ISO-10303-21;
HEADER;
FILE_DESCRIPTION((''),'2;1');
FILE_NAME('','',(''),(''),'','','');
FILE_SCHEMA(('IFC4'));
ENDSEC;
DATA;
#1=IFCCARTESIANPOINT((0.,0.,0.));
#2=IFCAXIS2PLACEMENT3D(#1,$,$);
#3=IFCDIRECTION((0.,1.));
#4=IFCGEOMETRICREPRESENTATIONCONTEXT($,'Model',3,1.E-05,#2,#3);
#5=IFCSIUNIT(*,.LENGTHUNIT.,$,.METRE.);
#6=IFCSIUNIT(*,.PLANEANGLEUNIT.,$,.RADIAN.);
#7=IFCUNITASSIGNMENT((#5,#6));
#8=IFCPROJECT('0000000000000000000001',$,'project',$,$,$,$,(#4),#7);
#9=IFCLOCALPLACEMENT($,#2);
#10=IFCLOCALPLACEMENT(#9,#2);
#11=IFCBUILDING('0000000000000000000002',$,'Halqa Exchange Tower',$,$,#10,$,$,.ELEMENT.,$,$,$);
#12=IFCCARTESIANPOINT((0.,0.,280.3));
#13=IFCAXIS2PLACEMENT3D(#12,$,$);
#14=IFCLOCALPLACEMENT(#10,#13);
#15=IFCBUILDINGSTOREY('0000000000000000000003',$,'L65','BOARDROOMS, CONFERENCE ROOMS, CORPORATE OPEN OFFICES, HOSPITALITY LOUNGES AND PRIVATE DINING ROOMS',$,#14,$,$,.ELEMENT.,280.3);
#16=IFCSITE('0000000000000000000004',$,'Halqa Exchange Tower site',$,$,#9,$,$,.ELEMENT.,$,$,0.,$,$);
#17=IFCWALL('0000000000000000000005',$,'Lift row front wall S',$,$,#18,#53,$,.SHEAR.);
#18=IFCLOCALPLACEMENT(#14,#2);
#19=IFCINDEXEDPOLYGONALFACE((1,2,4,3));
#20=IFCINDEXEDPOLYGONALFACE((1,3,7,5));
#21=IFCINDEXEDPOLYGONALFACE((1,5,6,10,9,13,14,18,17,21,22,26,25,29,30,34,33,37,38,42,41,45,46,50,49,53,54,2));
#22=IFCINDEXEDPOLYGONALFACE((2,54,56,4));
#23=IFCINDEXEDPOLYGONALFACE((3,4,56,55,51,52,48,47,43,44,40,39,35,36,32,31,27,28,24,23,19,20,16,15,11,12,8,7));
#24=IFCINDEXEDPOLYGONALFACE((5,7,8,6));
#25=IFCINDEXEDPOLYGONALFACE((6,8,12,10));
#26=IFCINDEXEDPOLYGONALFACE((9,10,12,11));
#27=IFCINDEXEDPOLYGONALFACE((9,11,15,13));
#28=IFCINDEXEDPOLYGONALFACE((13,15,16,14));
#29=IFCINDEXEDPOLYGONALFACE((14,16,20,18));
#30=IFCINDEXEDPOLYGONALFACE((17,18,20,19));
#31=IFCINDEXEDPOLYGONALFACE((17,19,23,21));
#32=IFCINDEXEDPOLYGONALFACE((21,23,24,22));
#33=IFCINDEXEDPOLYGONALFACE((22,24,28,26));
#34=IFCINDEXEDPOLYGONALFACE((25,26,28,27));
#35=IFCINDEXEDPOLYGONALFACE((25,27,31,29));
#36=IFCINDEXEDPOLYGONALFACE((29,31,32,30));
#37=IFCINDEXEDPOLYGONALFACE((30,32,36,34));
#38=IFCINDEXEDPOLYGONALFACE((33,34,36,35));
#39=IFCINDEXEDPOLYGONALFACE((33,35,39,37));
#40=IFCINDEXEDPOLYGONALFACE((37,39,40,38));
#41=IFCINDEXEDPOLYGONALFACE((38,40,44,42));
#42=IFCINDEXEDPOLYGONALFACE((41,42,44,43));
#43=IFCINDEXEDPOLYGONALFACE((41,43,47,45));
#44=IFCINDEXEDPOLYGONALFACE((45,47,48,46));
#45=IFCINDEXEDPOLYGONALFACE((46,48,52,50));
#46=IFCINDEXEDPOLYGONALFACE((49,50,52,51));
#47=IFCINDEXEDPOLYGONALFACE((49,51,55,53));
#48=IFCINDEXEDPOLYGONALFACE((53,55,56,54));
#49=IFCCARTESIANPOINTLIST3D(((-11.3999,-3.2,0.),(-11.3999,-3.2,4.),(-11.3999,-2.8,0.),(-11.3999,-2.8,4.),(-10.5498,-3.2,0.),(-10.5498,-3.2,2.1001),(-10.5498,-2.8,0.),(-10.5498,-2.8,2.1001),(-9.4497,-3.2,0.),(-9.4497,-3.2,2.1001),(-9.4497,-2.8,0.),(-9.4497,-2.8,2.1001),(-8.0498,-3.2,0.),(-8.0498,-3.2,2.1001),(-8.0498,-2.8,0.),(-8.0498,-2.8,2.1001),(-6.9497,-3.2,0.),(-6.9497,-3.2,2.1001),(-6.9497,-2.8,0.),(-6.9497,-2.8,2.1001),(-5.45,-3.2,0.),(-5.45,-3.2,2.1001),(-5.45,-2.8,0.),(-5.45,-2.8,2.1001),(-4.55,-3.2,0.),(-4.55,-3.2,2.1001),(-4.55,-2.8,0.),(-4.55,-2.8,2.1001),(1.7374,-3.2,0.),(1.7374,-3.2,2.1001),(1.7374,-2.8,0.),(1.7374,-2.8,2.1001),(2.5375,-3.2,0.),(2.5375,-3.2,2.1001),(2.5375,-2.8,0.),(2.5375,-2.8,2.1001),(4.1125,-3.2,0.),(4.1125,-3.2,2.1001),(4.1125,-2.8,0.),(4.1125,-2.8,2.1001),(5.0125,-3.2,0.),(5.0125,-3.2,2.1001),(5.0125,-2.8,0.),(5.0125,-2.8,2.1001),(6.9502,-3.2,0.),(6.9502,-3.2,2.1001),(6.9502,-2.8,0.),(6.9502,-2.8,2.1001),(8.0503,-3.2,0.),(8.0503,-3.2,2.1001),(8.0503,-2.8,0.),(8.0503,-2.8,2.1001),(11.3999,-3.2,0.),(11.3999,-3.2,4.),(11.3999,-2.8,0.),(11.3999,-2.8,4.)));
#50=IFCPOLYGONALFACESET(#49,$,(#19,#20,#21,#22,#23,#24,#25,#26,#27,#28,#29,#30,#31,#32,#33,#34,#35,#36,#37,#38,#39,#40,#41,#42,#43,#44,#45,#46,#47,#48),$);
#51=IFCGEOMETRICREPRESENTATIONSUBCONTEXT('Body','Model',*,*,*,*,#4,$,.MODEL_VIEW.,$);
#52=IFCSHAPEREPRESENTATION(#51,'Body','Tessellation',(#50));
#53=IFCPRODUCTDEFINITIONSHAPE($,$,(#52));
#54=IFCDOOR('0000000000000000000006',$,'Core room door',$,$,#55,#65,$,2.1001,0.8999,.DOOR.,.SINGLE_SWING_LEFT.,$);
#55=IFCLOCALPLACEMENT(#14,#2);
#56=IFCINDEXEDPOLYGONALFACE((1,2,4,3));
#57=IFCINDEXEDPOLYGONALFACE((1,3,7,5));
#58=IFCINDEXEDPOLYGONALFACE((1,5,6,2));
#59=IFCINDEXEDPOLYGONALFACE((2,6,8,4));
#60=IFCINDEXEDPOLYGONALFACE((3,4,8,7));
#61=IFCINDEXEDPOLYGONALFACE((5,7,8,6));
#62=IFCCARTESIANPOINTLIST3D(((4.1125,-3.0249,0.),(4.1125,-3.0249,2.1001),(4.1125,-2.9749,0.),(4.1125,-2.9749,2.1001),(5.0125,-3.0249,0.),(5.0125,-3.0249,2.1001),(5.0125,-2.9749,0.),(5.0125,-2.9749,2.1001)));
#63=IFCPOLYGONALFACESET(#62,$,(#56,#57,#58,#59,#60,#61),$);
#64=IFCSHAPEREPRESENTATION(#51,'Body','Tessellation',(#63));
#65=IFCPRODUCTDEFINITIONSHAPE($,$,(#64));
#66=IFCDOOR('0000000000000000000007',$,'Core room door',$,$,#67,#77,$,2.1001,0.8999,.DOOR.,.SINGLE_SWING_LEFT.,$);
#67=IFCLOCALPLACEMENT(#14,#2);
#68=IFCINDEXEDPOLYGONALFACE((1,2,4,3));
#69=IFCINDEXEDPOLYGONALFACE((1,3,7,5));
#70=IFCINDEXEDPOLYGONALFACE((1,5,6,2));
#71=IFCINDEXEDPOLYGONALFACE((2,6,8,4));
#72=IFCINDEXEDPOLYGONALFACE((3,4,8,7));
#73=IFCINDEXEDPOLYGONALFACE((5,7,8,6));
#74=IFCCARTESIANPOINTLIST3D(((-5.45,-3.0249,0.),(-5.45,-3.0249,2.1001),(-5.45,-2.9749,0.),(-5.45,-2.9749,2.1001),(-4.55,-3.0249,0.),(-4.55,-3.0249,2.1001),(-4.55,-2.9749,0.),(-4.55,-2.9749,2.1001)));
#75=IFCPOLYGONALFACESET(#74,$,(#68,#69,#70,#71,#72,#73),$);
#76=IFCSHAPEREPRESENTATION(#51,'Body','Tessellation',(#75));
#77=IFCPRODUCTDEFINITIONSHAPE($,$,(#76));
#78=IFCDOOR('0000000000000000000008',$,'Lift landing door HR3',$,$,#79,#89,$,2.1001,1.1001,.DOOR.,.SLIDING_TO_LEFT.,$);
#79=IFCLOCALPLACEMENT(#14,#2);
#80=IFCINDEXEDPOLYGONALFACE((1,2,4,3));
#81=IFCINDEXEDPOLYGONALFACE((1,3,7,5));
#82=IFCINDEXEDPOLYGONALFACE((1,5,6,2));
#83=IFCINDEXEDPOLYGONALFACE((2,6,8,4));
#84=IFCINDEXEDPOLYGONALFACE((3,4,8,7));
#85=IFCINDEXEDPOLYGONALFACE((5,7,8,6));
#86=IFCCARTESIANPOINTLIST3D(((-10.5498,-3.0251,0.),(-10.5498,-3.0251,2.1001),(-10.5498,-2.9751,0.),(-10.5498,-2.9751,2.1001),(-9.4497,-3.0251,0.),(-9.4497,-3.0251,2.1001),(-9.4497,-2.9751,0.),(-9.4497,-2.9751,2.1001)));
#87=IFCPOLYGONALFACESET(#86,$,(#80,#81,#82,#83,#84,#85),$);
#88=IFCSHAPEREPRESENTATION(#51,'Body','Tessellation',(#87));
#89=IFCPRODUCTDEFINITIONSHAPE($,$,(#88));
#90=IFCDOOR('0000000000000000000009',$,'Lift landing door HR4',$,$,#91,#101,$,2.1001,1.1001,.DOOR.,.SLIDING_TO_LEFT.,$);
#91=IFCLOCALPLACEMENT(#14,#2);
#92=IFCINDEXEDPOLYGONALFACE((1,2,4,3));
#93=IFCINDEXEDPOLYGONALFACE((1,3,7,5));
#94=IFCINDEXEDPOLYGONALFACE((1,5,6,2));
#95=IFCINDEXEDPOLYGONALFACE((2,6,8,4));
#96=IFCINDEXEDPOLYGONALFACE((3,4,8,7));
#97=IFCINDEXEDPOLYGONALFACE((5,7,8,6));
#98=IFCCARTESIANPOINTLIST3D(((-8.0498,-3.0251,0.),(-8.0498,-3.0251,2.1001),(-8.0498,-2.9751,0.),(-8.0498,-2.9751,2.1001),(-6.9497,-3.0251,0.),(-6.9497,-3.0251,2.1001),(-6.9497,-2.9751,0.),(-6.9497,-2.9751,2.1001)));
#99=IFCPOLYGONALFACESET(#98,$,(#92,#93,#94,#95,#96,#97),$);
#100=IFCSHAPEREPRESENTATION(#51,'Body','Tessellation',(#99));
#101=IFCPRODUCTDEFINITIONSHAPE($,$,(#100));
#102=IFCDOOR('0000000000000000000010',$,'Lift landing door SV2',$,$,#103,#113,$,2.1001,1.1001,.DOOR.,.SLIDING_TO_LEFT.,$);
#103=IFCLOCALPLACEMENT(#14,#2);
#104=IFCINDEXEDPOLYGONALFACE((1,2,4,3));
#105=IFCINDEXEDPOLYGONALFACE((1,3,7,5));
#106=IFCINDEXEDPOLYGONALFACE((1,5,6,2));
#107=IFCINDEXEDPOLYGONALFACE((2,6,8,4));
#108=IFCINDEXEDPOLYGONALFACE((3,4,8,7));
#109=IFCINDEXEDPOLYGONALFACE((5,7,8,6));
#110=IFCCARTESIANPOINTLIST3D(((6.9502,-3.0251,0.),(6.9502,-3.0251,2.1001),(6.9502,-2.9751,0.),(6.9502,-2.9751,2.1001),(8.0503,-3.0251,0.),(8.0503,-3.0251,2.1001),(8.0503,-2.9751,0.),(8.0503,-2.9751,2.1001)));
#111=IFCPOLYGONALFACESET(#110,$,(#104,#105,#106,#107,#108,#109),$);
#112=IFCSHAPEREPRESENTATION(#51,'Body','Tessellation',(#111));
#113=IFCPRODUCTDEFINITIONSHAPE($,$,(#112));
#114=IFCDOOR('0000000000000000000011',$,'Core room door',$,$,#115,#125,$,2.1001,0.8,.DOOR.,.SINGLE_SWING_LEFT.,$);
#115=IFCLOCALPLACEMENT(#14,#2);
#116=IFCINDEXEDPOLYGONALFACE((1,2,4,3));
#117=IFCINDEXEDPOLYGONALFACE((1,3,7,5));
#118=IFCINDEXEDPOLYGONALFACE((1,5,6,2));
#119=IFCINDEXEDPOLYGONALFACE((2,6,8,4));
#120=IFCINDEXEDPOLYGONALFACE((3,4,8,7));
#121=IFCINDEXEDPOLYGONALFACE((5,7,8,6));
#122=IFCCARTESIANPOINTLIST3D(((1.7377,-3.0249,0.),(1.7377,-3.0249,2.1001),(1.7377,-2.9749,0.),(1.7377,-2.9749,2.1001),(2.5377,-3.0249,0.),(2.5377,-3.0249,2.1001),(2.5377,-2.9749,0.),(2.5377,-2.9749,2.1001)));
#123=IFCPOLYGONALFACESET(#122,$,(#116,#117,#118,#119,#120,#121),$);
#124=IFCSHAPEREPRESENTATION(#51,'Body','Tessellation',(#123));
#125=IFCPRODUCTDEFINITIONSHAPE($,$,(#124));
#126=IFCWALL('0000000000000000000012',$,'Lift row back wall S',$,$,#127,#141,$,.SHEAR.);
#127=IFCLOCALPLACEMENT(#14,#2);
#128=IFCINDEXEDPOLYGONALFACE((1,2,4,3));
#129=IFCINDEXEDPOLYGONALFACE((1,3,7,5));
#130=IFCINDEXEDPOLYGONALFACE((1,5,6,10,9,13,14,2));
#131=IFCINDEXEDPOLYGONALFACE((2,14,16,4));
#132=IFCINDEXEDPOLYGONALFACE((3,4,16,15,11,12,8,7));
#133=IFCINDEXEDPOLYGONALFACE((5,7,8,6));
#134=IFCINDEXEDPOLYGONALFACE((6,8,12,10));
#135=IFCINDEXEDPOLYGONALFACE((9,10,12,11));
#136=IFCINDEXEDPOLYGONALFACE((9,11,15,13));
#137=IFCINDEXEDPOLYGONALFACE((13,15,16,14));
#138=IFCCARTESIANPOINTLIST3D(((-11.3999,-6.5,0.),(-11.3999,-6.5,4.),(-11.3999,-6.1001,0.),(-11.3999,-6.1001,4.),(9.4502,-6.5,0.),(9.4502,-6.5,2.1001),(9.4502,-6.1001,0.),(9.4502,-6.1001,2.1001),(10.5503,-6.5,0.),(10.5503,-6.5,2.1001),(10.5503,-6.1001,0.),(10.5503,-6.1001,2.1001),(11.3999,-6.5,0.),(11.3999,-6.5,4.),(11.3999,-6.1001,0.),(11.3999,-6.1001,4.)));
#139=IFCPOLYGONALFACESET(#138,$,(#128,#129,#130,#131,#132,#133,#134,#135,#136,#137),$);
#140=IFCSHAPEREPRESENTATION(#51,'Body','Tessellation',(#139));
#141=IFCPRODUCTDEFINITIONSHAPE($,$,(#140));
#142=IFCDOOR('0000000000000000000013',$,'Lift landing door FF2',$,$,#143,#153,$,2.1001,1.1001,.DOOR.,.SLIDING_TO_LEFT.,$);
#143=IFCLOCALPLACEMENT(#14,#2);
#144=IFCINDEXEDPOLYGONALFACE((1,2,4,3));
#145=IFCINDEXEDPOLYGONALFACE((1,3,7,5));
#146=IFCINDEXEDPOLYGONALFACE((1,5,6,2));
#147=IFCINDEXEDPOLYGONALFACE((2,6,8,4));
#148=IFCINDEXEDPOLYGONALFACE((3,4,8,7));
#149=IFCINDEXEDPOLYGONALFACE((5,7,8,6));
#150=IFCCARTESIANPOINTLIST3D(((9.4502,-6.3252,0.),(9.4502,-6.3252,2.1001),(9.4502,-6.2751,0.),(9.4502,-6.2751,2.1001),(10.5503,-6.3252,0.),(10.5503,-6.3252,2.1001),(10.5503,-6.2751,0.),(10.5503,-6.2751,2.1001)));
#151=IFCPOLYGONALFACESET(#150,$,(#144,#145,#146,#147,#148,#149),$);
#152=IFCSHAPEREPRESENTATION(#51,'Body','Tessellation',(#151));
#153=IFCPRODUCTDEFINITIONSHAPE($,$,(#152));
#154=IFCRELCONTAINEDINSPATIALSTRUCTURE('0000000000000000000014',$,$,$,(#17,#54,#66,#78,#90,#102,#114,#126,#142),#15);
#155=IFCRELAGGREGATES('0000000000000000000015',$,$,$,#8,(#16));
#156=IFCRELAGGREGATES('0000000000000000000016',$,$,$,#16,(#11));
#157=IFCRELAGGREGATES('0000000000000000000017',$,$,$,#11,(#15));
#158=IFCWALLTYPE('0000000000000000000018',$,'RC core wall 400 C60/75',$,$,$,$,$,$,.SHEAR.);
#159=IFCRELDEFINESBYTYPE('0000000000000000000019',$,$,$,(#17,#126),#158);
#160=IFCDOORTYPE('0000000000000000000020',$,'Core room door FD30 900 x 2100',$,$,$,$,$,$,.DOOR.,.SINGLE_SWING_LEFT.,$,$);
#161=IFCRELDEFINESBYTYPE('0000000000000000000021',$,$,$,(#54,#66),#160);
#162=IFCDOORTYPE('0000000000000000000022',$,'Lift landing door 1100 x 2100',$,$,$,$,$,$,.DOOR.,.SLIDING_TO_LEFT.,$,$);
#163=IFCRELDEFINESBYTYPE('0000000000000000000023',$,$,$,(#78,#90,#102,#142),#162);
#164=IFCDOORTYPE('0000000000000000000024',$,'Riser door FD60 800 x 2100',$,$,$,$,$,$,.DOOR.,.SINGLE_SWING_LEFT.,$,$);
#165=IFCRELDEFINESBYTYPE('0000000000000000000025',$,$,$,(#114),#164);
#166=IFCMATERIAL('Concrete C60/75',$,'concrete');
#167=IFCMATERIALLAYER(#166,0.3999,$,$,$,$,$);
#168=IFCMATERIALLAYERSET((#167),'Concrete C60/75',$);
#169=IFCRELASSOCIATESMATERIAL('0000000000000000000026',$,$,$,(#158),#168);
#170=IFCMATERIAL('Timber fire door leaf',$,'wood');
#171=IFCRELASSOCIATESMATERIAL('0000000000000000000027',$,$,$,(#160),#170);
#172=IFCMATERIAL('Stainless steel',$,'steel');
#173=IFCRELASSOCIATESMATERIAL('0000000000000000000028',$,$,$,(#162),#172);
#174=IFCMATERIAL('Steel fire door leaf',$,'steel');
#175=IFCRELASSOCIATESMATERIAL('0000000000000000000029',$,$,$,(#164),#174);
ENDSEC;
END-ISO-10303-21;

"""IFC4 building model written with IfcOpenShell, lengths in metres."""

from ifc_helpers import new_model, si_unit, direction, frame, frame_2d, origin, place, context, subcontext, project, spatial, rectangle, extrude, material, layer, layer_set, type_object, element, fill, save


model = new_model("IFC4")

# Units and contexts
model_context = context("Model", 3, precision=1e-05, world=origin(), true_north=direction((0.0, 1.0)))
body_context = subcontext(model_context, "Body", "Model", "MODEL_VIEW")
ifc_project = project(units=[si_unit("LENGTHUNIT", "METRE"), si_unit("PLANEANGLEUNIT", "RADIAN")], contexts=[model_context])

# Site, building, storey
site_placement = place(None, origin())
site = spatial("IfcSite", under=ifc_project, at=site_placement, Name="Halqa Exchange Tower site", CompositionType="ELEMENT", RefElevation=0.0)
building_placement = place(site_placement, origin())
building = spatial("IfcBuilding", under=site, at=building_placement, Name="Halqa Exchange Tower", CompositionType="ELEMENT")
storey_placement = place(building_placement, frame((0.0, 0.0, 280.3)))
storey = spatial("IfcBuildingStorey", under=building, at=storey_placement, Name="L65", Description="BOARDROOMS, CONFERENCE ROOMS, CORPORATE OPEN OFFICES, HOSPITALITY LOUNGES AND PRIVATE DINING ROOMS", CompositionType="ELEMENT", Elevation=280.3)

# Shared definitions
ifc_material_1 = material(Name="Concrete C60/75", Category="concrete")

# Wall, openings, doors
ifc_layer_1 = layer(ifc_material_1, 0.3999)
ifc_layer_set_1 = layer_set([ifc_layer_1], Name="Concrete C60/75")
wall_type_1 = type_object("IfcWallType", Name="RC core wall 400 C60/75", PredefinedType="SHEAR", material=ifc_layer_set_1)
wall_1_placement = place(storey_placement, frame((-11.3999, -3.0, 0.0), z_axis=(0.0, 0.0, 1.0), x_axis=(1.0, 0.0, 0.0)))
wall_1 = element("IfcWall", 1, at=wall_1_placement, inside=storey, type_object=wall_type_1, Name="Lift row front wall S", PredefinedType="SHEAR", context=body_context, shape_type="SweptSolid", body=[
    extrude(rectangle(XDim=22.7998, YDim=0.3999, at=frame_2d((11.3999, 0.0))), origin(), (0.0, 0.0, 1.0), 4.0),
])
opening_1_placement = place(wall_1_placement, frame((0.8501, 0.0, 0.0)))
opening_1 = element("IfcOpeningElement", 2, at=opening_1_placement, cuts=wall_1, PredefinedType="OPENING", context=body_context, shape_type="SweptSolid", body=[
    extrude(rectangle(XDim=1.1001, YDim=2.1001, at=frame_2d((0.55, 1.05))), frame((0.0, 0.2119, 0.0), z_axis=(0.0, -1.0, 0.0), x_axis=(1.0, 0.0, 0.0)), (0.0, 0.0, 1.0), 0.4238),
])
opening_2_placement = place(wall_1_placement, frame((3.3501, 0.0, 0.0)))
opening_2 = element("IfcOpeningElement", 3, at=opening_2_placement, cuts=wall_1, PredefinedType="OPENING", context=body_context, shape_type="SweptSolid", body=[
    extrude(rectangle(XDim=1.1001, YDim=2.1001, at=frame_2d((0.55, 1.05))), frame((0.0, 0.2119, 0.0), z_axis=(0.0, -1.0, 0.0), x_axis=(1.0, 0.0, 0.0)), (0.0, 0.0, 1.0), 0.4238),
])
opening_3_placement = place(wall_1_placement, frame((18.3501, 0.0, 0.0)))
opening_3 = element("IfcOpeningElement", 4, at=opening_3_placement, cuts=wall_1, PredefinedType="OPENING", context=body_context, shape_type="SweptSolid", body=[
    extrude(rectangle(XDim=1.1001, YDim=2.1001, at=frame_2d((0.55, 1.05))), frame((0.0, 0.2119, 0.0), z_axis=(0.0, -1.0, 0.0), x_axis=(1.0, 0.0, 0.0)), (0.0, 0.0, 1.0), 0.4238),
])
opening_4_placement = place(wall_1_placement, frame((13.1375, 0.0, 0.0)))
opening_4 = element("IfcOpeningElement", 5, at=opening_4_placement, cuts=wall_1, PredefinedType="OPENING", context=body_context, shape_type="SweptSolid", body=[
    extrude(rectangle(XDim=0.8, YDim=2.1001, at=frame_2d((0.3999, 1.05))), frame((0.0, 0.2119, 0.0), z_axis=(0.0, -1.0, 0.0), x_axis=(1.0, 0.0, 0.0)), (0.0, 0.0, 1.0), 0.4238),
])
opening_5_placement = place(wall_1_placement, frame((15.5125, 0.0, 0.0)))
opening_5 = element("IfcOpeningElement", 6, at=opening_5_placement, cuts=wall_1, PredefinedType="OPENING", context=body_context, shape_type="SweptSolid", body=[
    extrude(rectangle(XDim=0.8999, YDim=2.1001, at=frame_2d((0.45, 1.05))), frame((0.0, 0.2119, 0.0), z_axis=(0.0, -1.0, 0.0), x_axis=(1.0, 0.0, 0.0)), (0.0, 0.0, 1.0), 0.4238),
])
opening_6_placement = place(wall_1_placement, frame((5.95, 0.0, 0.0)))
opening_6 = element("IfcOpeningElement", 7, at=opening_6_placement, cuts=wall_1, PredefinedType="OPENING", context=body_context, shape_type="SweptSolid", body=[
    extrude(rectangle(XDim=0.8999, YDim=2.1001, at=frame_2d((0.45, 1.05))), frame((0.0, 0.2119, 0.0), z_axis=(0.0, -1.0, 0.0), x_axis=(1.0, 0.0, 0.0)), (0.0, 0.0, 1.0), 0.4238),
])
ifc_material_2 = material(Name="Timber fire door leaf", Category="wood")
door_type_1 = type_object("IfcDoorType", Name="Core room door FD30 900 x 2100", OperationType="SINGLE_SWING_LEFT", PredefinedType="DOOR", material=ifc_material_2)
door_1_placement = place(opening_5_placement, frame((0.8999, 0.0, 0.0), z_axis=(0.0, 0.0, 1.0), x_axis=(-1.0, 0.0, 0.0)))
door_1 = element("IfcDoor", 8, at=door_1_placement, inside=storey, type_object=door_type_1, Name="Core room door", OperationType="SINGLE_SWING_LEFT", OverallHeight=2.1001, OverallWidth=0.8999, PredefinedType="DOOR", context=body_context, shape_type="SweptSolid", body=[
    extrude(rectangle(XDim=0.8999, YDim=2.1001, at=frame_2d((0.45, 1.05))), frame((0.0, 0.0249, 0.0), z_axis=(0.0, -1.0, 0.0), x_axis=(1.0, 0.0, 0.0)), (0.0, 0.0, 1.0), 0.05),
])
fill(opening_5, door_1)
door_2_placement = place(opening_6_placement, frame((0.8999, 0.0, 0.0), z_axis=(0.0, 0.0, 1.0), x_axis=(-1.0, 0.0, 0.0)))
door_2 = element("IfcDoor", 9, at=door_2_placement, inside=storey, type_object=door_type_1, Name="Core room door", OperationType="SINGLE_SWING_LEFT", OverallHeight=2.1001, OverallWidth=0.8999, PredefinedType="DOOR", context=body_context, shape_type="SweptSolid", body=[
    extrude(rectangle(XDim=0.8999, YDim=2.1001, at=frame_2d((0.45, 1.05))), frame((0.0, 0.0249, 0.0), z_axis=(0.0, -1.0, 0.0), x_axis=(1.0, 0.0, 0.0)), (0.0, 0.0, 1.0), 0.05),
])
fill(opening_6, door_2)
ifc_material_3 = material(Name="Stainless steel", Category="steel")
door_type_2 = type_object("IfcDoorType", Name="Lift landing door 1100 x 2100", OperationType="SLIDING_TO_LEFT", PredefinedType="DOOR", material=ifc_material_3)
door_3_placement = place(opening_1_placement, origin())
door_3 = element("IfcDoor", 10, at=door_3_placement, inside=storey, type_object=door_type_2, Name="Lift landing door HR3", OperationType="SLIDING_TO_LEFT", OverallHeight=2.1001, OverallWidth=1.1001, PredefinedType="DOOR", context=body_context, shape_type="SweptSolid", body=[
    extrude(rectangle(XDim=1.1001, YDim=2.1001, at=frame_2d((0.55, 1.05))), frame((0.0, 0.0249, 0.0), z_axis=(0.0, -1.0, 0.0), x_axis=(1.0, 0.0, 0.0)), (0.0, 0.0, 1.0), 0.05),
])
fill(opening_1, door_3)
door_4_placement = place(opening_2_placement, origin())
door_4 = element("IfcDoor", 11, at=door_4_placement, inside=storey, type_object=door_type_2, Name="Lift landing door HR4", OperationType="SLIDING_TO_LEFT", OverallHeight=2.1001, OverallWidth=1.1001, PredefinedType="DOOR", context=body_context, shape_type="SweptSolid", body=[
    extrude(rectangle(XDim=1.1001, YDim=2.1001, at=frame_2d((0.55, 1.05))), frame((0.0, 0.0249, 0.0), z_axis=(0.0, -1.0, 0.0), x_axis=(1.0, 0.0, 0.0)), (0.0, 0.0, 1.0), 0.05),
])
fill(opening_2, door_4)
door_5_placement = place(opening_3_placement, origin())
door_5 = element("IfcDoor", 12, at=door_5_placement, inside=storey, type_object=door_type_2, Name="Lift landing door SV2", OperationType="SLIDING_TO_LEFT", OverallHeight=2.1001, OverallWidth=1.1001, PredefinedType="DOOR", context=body_context, shape_type="SweptSolid", body=[
    extrude(rectangle(XDim=1.1001, YDim=2.1001, at=frame_2d((0.55, 1.05))), frame((0.0, 0.0249, 0.0), z_axis=(0.0, -1.0, 0.0), x_axis=(1.0, 0.0, 0.0)), (0.0, 0.0, 1.0), 0.05),
])
fill(opening_3, door_5)
ifc_material_4 = material(Name="Steel fire door leaf", Category="steel")
door_type_3 = type_object("IfcDoorType", Name="Riser door FD60 800 x 2100", OperationType="SINGLE_SWING_LEFT", PredefinedType="DOOR", material=ifc_material_4)
door_6_placement = place(opening_4_placement, frame((0.8, 0.0, 0.0), z_axis=(0.0, 0.0, 1.0), x_axis=(-1.0, 0.0, 0.0)))
door_6 = element("IfcDoor", 13, at=door_6_placement, inside=storey, type_object=door_type_3, Name="Core room door", OperationType="SINGLE_SWING_LEFT", OverallHeight=2.1001, OverallWidth=0.8, PredefinedType="DOOR", context=body_context, shape_type="SweptSolid", body=[
    extrude(rectangle(XDim=0.8, YDim=2.1001, at=frame_2d((0.3999, 1.05))), frame((0.0, 0.0249, 0.0), z_axis=(0.0, -1.0, 0.0), x_axis=(1.0, 0.0, 0.0)), (0.0, 0.0, 1.0), 0.05),
])
fill(opening_4, door_6)

# Wall, opening, door
wall_2_placement = place(storey_placement, frame((-11.3999, -6.3, 0.0), z_axis=(0.0, 0.0, 1.0), x_axis=(1.0, 0.0, 0.0)))
wall_2 = element("IfcWall", 14, at=wall_2_placement, inside=storey, type_object=wall_type_1, Name="Lift row back wall S", PredefinedType="SHEAR", context=body_context, shape_type="SweptSolid", body=[
    extrude(rectangle(XDim=22.7998, YDim=0.3999, at=frame_2d((11.3999, 0.0))), origin(), (0.0, 0.0, 1.0), 4.0),
])
opening_7_placement = place(wall_2_placement, frame((20.8501, 0.0, 0.0)))
opening_7 = element("IfcOpeningElement", 15, at=opening_7_placement, cuts=wall_2, PredefinedType="OPENING", context=body_context, shape_type="SweptSolid", body=[
    extrude(rectangle(XDim=1.1001, YDim=2.1001, at=frame_2d((0.55, 1.05))), frame((0.0, 0.2119, 0.0), z_axis=(0.0, -1.0, 0.0), x_axis=(1.0, 0.0, 0.0)), (0.0, 0.0, 1.0), 0.4238),
])
door_7_placement = place(opening_7_placement, origin())
door_7 = element("IfcDoor", 16, at=door_7_placement, inside=storey, type_object=door_type_2, Name="Lift landing door FF2", OperationType="SLIDING_TO_LEFT", OverallHeight=2.1001, OverallWidth=1.1001, PredefinedType="DOOR", context=body_context, shape_type="SweptSolid", body=[
    extrude(rectangle(XDim=1.1001, YDim=2.1001, at=frame_2d((0.55, 1.05))), frame((0.0, 0.0249, 0.0), z_axis=(0.0, -1.0, 0.0), x_axis=(1.0, 0.0, 0.0)), (0.0, 0.0, 1.0), 0.05),
])
fill(opening_7, door_7)

save(model, "model.ifc")
